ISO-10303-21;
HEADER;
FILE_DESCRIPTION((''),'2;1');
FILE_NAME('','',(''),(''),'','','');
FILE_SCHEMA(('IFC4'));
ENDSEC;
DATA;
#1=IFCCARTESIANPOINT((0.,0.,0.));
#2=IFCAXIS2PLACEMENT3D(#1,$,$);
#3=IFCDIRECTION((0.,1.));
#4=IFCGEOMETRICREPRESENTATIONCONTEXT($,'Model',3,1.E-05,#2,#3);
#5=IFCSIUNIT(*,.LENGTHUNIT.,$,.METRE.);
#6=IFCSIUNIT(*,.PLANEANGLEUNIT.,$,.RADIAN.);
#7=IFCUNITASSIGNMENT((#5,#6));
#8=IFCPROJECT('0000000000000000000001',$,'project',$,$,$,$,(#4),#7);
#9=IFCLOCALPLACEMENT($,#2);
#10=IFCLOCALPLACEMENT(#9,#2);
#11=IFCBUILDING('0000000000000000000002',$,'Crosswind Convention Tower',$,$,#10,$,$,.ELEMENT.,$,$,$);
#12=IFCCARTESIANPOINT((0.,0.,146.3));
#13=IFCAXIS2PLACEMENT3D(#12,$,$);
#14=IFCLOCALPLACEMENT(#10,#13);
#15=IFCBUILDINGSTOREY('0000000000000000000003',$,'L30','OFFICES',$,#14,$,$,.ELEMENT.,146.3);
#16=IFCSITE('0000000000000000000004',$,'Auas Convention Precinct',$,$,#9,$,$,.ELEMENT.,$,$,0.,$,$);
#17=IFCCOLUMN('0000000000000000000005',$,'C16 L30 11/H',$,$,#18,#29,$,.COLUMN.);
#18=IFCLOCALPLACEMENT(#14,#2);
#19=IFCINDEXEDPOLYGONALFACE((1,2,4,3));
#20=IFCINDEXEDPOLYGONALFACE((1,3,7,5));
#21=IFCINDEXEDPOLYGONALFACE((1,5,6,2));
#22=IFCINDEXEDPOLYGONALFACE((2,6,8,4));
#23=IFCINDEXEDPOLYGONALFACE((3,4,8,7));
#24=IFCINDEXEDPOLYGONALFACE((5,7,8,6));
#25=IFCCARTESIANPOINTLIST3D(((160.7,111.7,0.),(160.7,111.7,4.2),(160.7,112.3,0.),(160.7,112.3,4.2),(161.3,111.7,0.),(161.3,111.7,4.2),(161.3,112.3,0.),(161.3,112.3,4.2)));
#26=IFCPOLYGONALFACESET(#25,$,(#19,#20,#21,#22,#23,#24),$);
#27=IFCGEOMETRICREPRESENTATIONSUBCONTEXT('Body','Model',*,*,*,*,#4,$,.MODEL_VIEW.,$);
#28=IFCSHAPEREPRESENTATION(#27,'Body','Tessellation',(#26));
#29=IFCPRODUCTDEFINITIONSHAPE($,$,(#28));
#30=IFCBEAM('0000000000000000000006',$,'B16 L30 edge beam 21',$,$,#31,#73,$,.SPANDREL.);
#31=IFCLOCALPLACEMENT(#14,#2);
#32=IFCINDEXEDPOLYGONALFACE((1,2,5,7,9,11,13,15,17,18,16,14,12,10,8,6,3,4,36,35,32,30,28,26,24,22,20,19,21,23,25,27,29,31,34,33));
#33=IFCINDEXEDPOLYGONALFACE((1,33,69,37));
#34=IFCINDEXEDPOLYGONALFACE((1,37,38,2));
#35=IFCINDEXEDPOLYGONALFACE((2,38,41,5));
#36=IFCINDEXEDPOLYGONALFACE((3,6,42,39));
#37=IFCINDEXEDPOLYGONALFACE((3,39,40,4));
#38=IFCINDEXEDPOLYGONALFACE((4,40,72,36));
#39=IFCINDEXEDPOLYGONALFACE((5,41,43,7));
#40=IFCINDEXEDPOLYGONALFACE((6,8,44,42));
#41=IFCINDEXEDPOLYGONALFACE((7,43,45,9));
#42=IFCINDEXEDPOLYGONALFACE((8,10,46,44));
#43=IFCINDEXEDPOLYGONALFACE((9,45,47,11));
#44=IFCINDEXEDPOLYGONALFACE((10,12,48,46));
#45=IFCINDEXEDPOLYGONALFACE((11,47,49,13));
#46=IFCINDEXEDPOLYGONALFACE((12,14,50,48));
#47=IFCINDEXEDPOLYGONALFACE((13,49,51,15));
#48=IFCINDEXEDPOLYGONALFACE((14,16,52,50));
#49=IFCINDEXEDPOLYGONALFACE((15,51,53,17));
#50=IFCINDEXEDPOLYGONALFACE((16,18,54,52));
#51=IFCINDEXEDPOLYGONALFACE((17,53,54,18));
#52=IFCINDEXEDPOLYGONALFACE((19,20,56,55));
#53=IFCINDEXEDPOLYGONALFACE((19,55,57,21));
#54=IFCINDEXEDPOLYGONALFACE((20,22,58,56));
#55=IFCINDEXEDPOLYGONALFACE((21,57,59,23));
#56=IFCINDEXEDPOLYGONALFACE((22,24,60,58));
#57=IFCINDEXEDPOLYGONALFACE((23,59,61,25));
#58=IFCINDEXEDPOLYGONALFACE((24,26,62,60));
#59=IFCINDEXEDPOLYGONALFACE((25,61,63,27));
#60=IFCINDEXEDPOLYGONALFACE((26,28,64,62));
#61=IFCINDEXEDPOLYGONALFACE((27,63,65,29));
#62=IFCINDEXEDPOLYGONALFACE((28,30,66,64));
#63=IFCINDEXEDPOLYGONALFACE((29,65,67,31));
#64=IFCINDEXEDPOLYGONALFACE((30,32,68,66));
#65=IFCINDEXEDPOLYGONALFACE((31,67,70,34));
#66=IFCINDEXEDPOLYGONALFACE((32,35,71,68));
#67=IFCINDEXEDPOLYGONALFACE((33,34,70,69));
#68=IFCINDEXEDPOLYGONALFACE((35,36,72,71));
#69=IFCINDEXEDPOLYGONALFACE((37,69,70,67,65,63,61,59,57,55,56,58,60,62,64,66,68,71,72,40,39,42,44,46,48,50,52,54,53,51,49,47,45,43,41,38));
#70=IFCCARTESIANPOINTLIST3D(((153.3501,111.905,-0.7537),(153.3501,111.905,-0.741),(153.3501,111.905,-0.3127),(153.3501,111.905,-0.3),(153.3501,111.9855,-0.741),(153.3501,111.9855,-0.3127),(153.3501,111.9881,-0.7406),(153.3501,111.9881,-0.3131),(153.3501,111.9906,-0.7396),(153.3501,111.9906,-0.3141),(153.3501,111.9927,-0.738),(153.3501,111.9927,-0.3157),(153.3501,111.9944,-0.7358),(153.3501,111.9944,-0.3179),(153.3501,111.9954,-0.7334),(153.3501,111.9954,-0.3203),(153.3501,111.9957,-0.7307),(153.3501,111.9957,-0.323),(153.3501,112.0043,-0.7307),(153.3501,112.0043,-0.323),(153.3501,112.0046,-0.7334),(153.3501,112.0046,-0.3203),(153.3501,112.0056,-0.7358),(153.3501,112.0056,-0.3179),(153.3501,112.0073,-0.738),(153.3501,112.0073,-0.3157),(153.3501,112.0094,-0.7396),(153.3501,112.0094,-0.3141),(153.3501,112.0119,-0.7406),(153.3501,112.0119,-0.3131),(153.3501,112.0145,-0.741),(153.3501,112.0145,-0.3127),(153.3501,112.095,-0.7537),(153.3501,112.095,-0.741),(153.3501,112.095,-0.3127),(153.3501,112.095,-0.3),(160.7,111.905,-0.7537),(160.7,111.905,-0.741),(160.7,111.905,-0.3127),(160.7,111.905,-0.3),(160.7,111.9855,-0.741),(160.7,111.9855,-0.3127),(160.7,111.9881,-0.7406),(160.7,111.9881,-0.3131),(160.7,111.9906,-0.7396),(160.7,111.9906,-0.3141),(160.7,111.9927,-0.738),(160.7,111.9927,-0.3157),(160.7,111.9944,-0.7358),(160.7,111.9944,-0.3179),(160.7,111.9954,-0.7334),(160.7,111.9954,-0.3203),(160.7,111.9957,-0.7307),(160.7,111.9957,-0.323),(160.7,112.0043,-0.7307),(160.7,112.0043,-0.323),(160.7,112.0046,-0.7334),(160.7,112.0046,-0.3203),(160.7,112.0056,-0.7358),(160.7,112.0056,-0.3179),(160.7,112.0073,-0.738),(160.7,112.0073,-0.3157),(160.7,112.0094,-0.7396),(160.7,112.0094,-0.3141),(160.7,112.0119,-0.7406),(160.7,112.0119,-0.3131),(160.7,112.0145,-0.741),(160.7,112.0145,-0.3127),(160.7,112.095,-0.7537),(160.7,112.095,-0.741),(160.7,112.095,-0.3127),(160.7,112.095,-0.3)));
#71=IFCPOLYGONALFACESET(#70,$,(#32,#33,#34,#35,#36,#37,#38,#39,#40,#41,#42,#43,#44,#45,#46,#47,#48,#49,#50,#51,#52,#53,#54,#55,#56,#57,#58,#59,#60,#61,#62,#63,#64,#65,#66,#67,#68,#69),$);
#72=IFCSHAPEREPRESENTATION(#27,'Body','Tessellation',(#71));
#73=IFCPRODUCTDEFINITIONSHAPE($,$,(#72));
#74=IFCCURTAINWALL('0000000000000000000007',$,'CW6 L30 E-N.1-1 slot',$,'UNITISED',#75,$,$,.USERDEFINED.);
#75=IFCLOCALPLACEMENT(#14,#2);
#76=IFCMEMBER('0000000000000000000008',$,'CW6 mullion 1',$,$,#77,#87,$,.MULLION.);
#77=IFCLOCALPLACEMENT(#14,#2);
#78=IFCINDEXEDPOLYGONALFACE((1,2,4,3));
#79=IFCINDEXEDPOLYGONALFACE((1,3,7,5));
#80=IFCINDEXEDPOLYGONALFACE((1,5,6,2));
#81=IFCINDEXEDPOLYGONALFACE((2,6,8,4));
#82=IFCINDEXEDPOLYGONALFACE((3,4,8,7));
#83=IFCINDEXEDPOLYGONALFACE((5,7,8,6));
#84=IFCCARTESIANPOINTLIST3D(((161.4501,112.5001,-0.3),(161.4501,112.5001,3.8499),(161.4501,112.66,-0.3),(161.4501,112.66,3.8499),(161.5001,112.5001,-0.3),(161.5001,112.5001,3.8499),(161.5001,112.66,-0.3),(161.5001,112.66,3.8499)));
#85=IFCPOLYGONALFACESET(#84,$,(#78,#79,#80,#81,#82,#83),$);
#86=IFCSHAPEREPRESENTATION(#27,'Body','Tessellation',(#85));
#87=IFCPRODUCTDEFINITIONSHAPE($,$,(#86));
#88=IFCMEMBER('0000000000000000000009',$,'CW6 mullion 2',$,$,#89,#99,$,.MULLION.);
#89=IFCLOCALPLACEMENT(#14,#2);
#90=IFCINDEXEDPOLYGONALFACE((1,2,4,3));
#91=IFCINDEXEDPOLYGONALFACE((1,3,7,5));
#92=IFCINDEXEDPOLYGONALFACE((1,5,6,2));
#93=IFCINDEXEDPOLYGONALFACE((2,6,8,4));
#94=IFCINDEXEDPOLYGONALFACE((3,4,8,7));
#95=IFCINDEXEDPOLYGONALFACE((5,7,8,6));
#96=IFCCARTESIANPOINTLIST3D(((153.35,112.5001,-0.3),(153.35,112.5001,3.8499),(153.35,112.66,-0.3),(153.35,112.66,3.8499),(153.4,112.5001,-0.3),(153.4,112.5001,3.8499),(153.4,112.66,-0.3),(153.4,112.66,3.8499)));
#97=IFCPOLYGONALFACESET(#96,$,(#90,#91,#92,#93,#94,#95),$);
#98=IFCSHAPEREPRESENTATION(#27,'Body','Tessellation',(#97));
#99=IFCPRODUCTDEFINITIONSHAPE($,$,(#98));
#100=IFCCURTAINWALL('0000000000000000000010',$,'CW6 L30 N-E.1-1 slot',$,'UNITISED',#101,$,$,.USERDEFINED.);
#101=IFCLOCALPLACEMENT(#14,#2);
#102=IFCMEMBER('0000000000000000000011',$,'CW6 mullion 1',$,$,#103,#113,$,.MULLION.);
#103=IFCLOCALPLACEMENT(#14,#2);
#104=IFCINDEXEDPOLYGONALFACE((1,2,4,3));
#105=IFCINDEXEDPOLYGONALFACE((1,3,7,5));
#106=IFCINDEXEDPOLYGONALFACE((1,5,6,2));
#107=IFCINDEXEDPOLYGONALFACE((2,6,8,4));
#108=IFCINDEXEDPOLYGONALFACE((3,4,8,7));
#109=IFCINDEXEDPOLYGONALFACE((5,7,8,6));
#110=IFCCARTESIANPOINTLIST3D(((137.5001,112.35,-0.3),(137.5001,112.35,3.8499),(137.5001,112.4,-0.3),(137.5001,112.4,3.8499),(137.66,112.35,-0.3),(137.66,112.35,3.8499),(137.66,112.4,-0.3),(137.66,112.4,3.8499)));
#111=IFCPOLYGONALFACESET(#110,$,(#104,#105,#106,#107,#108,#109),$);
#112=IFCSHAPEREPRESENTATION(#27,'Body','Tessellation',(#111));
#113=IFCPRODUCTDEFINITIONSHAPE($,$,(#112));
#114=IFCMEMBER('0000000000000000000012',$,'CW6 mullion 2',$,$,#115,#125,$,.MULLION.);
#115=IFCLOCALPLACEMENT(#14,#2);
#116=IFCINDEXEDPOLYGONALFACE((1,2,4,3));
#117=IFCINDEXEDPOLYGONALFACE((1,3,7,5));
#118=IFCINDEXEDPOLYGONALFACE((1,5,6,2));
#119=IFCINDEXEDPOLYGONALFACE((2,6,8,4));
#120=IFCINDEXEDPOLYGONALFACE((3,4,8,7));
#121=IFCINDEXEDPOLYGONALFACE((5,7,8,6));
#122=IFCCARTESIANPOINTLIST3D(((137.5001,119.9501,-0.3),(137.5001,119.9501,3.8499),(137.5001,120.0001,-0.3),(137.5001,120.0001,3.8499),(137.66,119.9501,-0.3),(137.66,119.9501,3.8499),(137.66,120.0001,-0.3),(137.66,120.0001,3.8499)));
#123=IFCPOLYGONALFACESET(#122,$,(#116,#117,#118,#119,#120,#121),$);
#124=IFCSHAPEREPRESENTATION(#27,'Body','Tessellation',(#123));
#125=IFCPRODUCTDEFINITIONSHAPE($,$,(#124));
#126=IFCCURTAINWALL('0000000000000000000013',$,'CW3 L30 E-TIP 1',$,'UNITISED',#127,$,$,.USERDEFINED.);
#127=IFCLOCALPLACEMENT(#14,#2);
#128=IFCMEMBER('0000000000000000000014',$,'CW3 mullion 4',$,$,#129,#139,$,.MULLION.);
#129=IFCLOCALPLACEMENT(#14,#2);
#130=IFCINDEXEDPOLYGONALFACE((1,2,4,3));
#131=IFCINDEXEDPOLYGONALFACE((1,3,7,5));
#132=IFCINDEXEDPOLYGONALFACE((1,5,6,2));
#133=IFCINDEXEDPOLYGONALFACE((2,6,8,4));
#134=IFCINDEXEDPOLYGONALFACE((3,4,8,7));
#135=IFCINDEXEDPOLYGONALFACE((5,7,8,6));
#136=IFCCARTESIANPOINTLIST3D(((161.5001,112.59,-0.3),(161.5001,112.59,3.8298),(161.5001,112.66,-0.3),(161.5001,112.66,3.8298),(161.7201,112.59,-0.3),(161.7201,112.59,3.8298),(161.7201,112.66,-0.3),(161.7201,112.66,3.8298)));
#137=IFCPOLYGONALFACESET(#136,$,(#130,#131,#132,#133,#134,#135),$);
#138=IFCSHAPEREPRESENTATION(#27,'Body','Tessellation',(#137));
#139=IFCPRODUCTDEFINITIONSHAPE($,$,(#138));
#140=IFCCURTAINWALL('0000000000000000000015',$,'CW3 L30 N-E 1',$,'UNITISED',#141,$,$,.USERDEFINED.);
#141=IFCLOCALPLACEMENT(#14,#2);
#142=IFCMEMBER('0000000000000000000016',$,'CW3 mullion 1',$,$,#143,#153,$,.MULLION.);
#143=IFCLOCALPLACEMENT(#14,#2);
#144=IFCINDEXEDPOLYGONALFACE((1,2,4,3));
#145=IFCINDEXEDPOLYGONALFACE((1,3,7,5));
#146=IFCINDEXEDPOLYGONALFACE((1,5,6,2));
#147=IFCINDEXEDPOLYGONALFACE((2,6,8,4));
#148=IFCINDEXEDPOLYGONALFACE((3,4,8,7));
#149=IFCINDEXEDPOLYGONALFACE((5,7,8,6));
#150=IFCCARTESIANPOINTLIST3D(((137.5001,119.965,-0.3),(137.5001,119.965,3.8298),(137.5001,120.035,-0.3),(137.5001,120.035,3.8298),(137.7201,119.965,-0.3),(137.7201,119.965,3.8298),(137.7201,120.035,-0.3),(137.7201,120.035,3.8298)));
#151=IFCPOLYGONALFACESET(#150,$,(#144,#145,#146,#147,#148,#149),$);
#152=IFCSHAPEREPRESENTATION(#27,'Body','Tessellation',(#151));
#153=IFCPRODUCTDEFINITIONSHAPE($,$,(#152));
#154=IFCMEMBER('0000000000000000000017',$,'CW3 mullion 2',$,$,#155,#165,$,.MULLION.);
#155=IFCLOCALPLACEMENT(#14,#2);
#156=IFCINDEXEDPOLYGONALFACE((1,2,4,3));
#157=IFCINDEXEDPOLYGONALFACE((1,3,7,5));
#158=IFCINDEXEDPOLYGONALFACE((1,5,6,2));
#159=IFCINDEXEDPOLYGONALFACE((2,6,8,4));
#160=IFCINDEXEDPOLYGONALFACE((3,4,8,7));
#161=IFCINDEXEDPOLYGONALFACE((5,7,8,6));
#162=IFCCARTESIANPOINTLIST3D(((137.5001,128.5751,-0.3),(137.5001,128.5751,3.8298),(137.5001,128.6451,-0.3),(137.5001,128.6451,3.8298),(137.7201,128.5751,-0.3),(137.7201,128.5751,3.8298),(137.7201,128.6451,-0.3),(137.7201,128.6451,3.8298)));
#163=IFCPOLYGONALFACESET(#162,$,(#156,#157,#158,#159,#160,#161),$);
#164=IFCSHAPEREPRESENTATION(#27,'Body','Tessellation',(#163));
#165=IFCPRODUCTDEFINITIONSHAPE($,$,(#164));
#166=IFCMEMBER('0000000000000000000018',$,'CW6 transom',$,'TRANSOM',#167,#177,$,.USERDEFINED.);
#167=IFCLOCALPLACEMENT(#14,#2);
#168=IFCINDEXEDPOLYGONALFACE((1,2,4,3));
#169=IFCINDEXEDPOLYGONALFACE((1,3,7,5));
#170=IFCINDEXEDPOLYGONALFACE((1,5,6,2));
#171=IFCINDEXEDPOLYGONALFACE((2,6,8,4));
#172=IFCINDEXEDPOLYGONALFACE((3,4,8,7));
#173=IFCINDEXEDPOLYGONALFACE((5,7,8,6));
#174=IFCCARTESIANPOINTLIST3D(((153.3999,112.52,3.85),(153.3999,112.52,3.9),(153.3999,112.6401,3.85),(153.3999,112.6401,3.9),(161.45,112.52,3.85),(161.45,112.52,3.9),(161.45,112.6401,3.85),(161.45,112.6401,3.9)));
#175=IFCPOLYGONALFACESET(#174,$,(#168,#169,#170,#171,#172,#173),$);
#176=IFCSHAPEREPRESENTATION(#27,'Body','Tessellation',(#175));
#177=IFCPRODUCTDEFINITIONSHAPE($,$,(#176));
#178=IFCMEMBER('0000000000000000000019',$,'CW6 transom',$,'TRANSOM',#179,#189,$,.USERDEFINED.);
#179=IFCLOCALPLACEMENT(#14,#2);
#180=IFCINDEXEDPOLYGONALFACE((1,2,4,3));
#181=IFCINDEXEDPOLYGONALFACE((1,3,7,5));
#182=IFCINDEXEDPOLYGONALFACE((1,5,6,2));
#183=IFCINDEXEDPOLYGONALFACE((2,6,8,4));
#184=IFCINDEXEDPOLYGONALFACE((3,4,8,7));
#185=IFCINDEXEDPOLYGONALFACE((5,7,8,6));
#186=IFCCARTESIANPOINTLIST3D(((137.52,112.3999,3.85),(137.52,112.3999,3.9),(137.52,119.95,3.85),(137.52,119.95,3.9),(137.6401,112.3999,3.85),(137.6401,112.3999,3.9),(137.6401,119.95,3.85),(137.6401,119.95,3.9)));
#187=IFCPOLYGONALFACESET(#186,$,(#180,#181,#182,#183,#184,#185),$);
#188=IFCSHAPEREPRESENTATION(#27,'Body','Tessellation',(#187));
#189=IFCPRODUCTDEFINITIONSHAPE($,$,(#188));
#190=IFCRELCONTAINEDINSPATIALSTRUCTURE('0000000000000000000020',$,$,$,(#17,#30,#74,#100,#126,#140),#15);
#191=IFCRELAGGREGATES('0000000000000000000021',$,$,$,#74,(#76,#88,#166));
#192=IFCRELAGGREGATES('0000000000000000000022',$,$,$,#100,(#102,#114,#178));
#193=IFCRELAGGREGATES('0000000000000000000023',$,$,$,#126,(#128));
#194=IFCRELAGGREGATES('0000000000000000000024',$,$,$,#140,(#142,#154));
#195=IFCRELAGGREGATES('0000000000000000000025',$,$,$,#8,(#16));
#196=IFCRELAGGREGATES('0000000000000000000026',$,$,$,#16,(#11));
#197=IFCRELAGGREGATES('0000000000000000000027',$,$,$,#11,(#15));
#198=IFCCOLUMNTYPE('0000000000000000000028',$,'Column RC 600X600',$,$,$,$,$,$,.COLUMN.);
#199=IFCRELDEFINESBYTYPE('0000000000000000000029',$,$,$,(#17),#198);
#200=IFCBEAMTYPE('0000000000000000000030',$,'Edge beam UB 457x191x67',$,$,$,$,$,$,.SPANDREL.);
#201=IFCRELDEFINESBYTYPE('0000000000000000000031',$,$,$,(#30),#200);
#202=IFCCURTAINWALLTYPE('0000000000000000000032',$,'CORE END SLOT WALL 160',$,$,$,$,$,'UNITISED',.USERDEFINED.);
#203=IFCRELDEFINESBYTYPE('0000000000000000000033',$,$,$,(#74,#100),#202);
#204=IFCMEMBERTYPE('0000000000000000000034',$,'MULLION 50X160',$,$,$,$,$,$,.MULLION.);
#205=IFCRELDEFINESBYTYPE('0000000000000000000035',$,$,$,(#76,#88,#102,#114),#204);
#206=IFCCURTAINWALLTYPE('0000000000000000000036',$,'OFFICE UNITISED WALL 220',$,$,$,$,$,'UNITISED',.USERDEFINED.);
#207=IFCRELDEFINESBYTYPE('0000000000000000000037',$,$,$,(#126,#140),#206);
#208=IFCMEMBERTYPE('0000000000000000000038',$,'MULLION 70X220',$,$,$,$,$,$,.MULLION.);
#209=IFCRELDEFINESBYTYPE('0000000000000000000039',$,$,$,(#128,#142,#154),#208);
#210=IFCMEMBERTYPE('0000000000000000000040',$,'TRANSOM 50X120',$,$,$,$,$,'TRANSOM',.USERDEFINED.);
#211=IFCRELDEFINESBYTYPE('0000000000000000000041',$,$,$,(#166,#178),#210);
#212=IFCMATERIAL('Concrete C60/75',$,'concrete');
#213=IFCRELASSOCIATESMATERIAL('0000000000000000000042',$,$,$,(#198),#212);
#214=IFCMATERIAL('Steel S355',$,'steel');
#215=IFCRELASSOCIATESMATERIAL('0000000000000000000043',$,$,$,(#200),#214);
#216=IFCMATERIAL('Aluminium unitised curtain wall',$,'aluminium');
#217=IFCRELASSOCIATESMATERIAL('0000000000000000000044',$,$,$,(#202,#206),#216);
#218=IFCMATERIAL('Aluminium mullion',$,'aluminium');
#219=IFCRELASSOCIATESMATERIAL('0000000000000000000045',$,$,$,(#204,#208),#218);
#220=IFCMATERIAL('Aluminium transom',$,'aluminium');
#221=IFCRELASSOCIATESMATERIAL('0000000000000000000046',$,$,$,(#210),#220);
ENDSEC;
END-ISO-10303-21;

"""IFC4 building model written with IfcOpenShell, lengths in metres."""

from ifc_helpers import new_model, si_unit, direction, frame, origin, origin_2d, place, context, subcontext, project, spatial, rectangle, i_section, extrude, material, material_profile, profile_set, type_object, element, aggregate, save


model = new_model("IFC4")

# Units and contexts
model_context = context("Model", 3, precision=1e-05, world=origin(), true_north=direction((0.0, 1.0)))
body_context = subcontext(model_context, "Body", "Model", "MODEL_VIEW")
ifc_project = project(units=[si_unit("LENGTHUNIT", "METRE"), si_unit("PLANEANGLEUNIT", "RADIAN")], contexts=[model_context])

# Site, building, storey
site_placement = place(None, origin())
site = spatial("IfcSite", under=ifc_project, at=site_placement, Name="Auas Convention Precinct", CompositionType="ELEMENT", RefElevation=0.0)
building_placement = place(site_placement, origin())
building = spatial("IfcBuilding", under=site, at=building_placement, Name="Crosswind Convention Tower", CompositionType="ELEMENT")
storey_placement = place(building_placement, frame((0.0, 0.0, 146.3)))
storey = spatial("IfcBuildingStorey", under=building, at=storey_placement, Name="L30", Description="OFFICES", CompositionType="ELEMENT", Elevation=146.3)

# Column
ifc_material_1 = material(Name="Concrete C60/75", Category="concrete")
ifc_material_profile_1 = material_profile(ifc_material_1, rectangle(XDim=0.6001, YDim=0.6001, at=origin_2d()), Name="RC 600X600")
ifc_profile_set_1 = profile_set([ifc_material_profile_1], Name="Concrete C60/75")
column_type = type_object("IfcColumnType", Name="Column RC 600X600", PredefinedType="COLUMN", material=ifc_profile_set_1)
column_placement = place(storey_placement, frame((161.0, 112.0, 0.0), z_axis=(0.0, 0.0, 1.0), x_axis=(1.0, 0.0, 0.0)))
element("IfcColumn", 1, at=column_placement, inside=storey, type_object=column_type, Name="C16 L30 11/H", PredefinedType="COLUMN", context=body_context, shape_type="SweptSolid", body=[
    extrude(rectangle(XDim=0.6001, YDim=0.6001, at=origin_2d()), origin(), (0.0, 0.0, 1.0), 4.2),
])

# Beam
ifc_material_2 = material(Name="Steel S355", Category="steel")
ifc_material_profile_2 = material_profile(ifc_material_2, i_section(OverallWidth=0.1899, OverallDepth=0.4536, WebThickness=0.0085, FlangeThickness=0.0127, FilletRadius=0.0103, at=origin_2d()), Name="UB 457x191x67")
ifc_profile_set_2 = profile_set([ifc_material_profile_2], Name="Steel S355")
beam_type = type_object("IfcBeamType", Name="Edge beam UB 457x191x67", PredefinedType="SPANDREL", material=ifc_profile_set_2)
beam_placement = place(storey_placement, frame((153.3501, 112.0, -0.5269), z_axis=(1.0, 0.0, 0.0), x_axis=(0.0, 1.0, 0.0)))
element("IfcBeam", 2, at=beam_placement, inside=storey, type_object=beam_type, Name="B16 L30 edge beam 21", PredefinedType="SPANDREL", context=body_context, shape_type="SweptSolid", body=[
    extrude(i_section(OverallWidth=0.1899, OverallDepth=0.4536, WebThickness=0.0085, FlangeThickness=0.0127, FilletRadius=0.0103, at=origin_2d()), origin(), (0.0, 0.0, 1.0), 7.3499),
])

# Curtain walls, members
ifc_material_3 = material(Name="Aluminium unitised curtain wall", Category="aluminium")
curtain_wall_type_1 = type_object("IfcCurtainWallType", Name="CORE END SLOT WALL 160", ElementType="UNITISED", PredefinedType="USERDEFINED", material=ifc_material_3)
curtain_wall_1_placement = place(storey_placement, origin())
curtain_wall_1 = element("IfcCurtainWall", 3, at=curtain_wall_1_placement, inside=storey, type_object=curtain_wall_type_1, Name="CW6 L30 E-N.1-1 slot", ObjectType="UNITISED", PredefinedType="USERDEFINED")
ifc_material_4 = material(Name="Aluminium mullion", Category="aluminium")
ifc_material_profile_3 = material_profile(ifc_material_4, rectangle(XDim=0.1599, YDim=0.05, at=origin_2d()), Name="AL 160X50")
ifc_profile_set_3 = profile_set([ifc_material_profile_3], Name="Aluminium mullion")
member_type_1 = type_object("IfcMemberType", Name="MULLION 50X160", PredefinedType="MULLION", material=ifc_profile_set_3)
member_1_placement = place(storey_placement, frame((161.4751, 112.5801, -0.3), z_axis=(0.0, 0.0, 1.0), x_axis=(0.0, 1.0, 0.0)))
member_1 = element("IfcMember", 4, at=member_1_placement, type_object=member_type_1, Name="CW6 mullion 1", PredefinedType="MULLION", context=body_context, shape_type="SweptSolid", body=[
    extrude(rectangle(XDim=0.1599, YDim=0.05, at=origin_2d()), origin(), (0.0, 0.0, 1.0), 4.1499),
])
member_2_placement = place(storey_placement, frame((153.375, 112.5801, -0.3), z_axis=(0.0, 0.0, 1.0), x_axis=(0.0, 1.0, 0.0)))
member_2 = element("IfcMember", 5, at=member_2_placement, type_object=member_type_1, Name="CW6 mullion 2", PredefinedType="MULLION", context=body_context, shape_type="SweptSolid", body=[
    extrude(rectangle(XDim=0.1599, YDim=0.05, at=origin_2d()), origin(), (0.0, 0.0, 1.0), 4.1499),
])
curtain_wall_2_placement = place(storey_placement, origin())
curtain_wall_2 = element("IfcCurtainWall", 6, at=curtain_wall_2_placement, inside=storey, type_object=curtain_wall_type_1, Name="CW6 L30 N-E.1-1 slot", ObjectType="UNITISED", PredefinedType="USERDEFINED")
member_3_placement = place(storey_placement, frame((137.5801, 112.375, -0.3), z_axis=(0.0, 0.0, 1.0), x_axis=(1.0, 0.0, 0.0)))
member_3 = element("IfcMember", 7, at=member_3_placement, type_object=member_type_1, Name="CW6 mullion 1", PredefinedType="MULLION", context=body_context, shape_type="SweptSolid", body=[
    extrude(rectangle(XDim=0.1599, YDim=0.05, at=origin_2d()), origin(), (0.0, 0.0, 1.0), 4.1499),
])
member_4_placement = place(storey_placement, frame((137.5801, 119.9751, -0.3), z_axis=(0.0, 0.0, 1.0), x_axis=(1.0, 0.0, 0.0)))
member_4 = element("IfcMember", 8, at=member_4_placement, type_object=member_type_1, Name="CW6 mullion 2", PredefinedType="MULLION", context=body_context, shape_type="SweptSolid", body=[
    extrude(rectangle(XDim=0.1599, YDim=0.05, at=origin_2d()), origin(), (0.0, 0.0, 1.0), 4.1499),
])

# Curtain wall, member
curtain_wall_type_2 = type_object("IfcCurtainWallType", Name="OFFICE UNITISED WALL 220", ElementType="UNITISED", PredefinedType="USERDEFINED", material=ifc_material_3)
curtain_wall_3_placement = place(storey_placement, origin())
curtain_wall_3 = element("IfcCurtainWall", 9, at=curtain_wall_3_placement, inside=storey, type_object=curtain_wall_type_2, Name="CW3 L30 E-TIP 1", ObjectType="UNITISED", PredefinedType="USERDEFINED")
ifc_material_profile_4 = material_profile(ifc_material_4, rectangle(XDim=0.22, YDim=0.0701, at=origin_2d()), Name="AL 220X70")
ifc_profile_set_4 = profile_set([ifc_material_profile_4], Name="Aluminium mullion")
member_type_2 = type_object("IfcMemberType", Name="MULLION 70X220", PredefinedType="MULLION", material=ifc_profile_set_4)
member_5_placement = place(storey_placement, frame((161.6101, 112.625, -0.3), z_axis=(0.0, 0.0, 1.0), x_axis=(1.0, 0.0, 0.0)))
member_5 = element("IfcMember", 10, at=member_5_placement, type_object=member_type_2, Name="CW3 mullion 4", PredefinedType="MULLION", context=body_context, shape_type="SweptSolid", body=[
    extrude(rectangle(XDim=0.22, YDim=0.0701, at=origin_2d()), origin(), (0.0, 0.0, 1.0), 4.1299),
])

# Curtain wall, members
curtain_wall_4_placement = place(storey_placement, origin())
curtain_wall_4 = element("IfcCurtainWall", 11, at=curtain_wall_4_placement, inside=storey, type_object=curtain_wall_type_2, Name="CW3 L30 N-E 1", ObjectType="UNITISED", PredefinedType="USERDEFINED")
member_6_placement = place(storey_placement, frame((137.6101, 120.0, -0.3), z_axis=(0.0, 0.0, 1.0), x_axis=(1.0, 0.0, 0.0)))
member_6 = element("IfcMember", 12, at=member_6_placement, type_object=member_type_2, Name="CW3 mullion 1", PredefinedType="MULLION", context=body_context, shape_type="SweptSolid", body=[
    extrude(rectangle(XDim=0.22, YDim=0.0701, at=origin_2d()), origin(), (0.0, 0.0, 1.0), 4.1299),
])
member_7_placement = place(storey_placement, frame((137.6101, 128.6101, -0.3), z_axis=(0.0, 0.0, 1.0), x_axis=(1.0, 0.0, 0.0)))
member_7 = element("IfcMember", 13, at=member_7_placement, type_object=member_type_2, Name="CW3 mullion 2", PredefinedType="MULLION", context=body_context, shape_type="SweptSolid", body=[
    extrude(rectangle(XDim=0.22, YDim=0.0701, at=origin_2d()), origin(), (0.0, 0.0, 1.0), 4.1299),
])

# Members
ifc_material_5 = material(Name="Aluminium transom", Category="aluminium")
ifc_material_profile_5 = material_profile(ifc_material_5, rectangle(XDim=0.1201, YDim=0.05, at=origin_2d()), Name="AL 120X50")
ifc_profile_set_5 = profile_set([ifc_material_profile_5], Name="Aluminium transom")
member_type_3 = type_object("IfcMemberType", Name="TRANSOM 50X120", ElementType="TRANSOM", PredefinedType="USERDEFINED", material=ifc_profile_set_5)
member_8_placement = place(storey_placement, frame((161.45, 112.5801, 3.875), z_axis=(-1.0, 0.0, 0.0), x_axis=(0.0, -1.0, 0.0)))
member_8 = element("IfcMember", 14, at=member_8_placement, type_object=member_type_3, Name="CW6 transom", ObjectType="TRANSOM", PredefinedType="USERDEFINED", context=body_context, shape_type="SweptSolid", body=[
    extrude(rectangle(XDim=0.1201, YDim=0.05, at=origin_2d()), origin(), (0.0, 0.0, 1.0), 8.05),
])
member_9_placement = place(storey_placement, frame((137.5801, 112.3999, 3.875), z_axis=(0.0, 1.0, 0.0), x_axis=(-1.0, 0.0, 0.0)))
member_9 = element("IfcMember", 15, at=member_9_placement, type_object=member_type_3, Name="CW6 transom", ObjectType="TRANSOM", PredefinedType="USERDEFINED", context=body_context, shape_type="SweptSolid", body=[
    extrude(rectangle(XDim=0.1201, YDim=0.05, at=origin_2d()), origin(), (0.0, 0.0, 1.0), 7.55),
])

aggregate(curtain_wall_1, [member_1, member_2, member_8])
aggregate(curtain_wall_2, [member_3, member_4, member_9])
aggregate(curtain_wall_3, [member_5])

aggregate(curtain_wall_4, [member_6, member_7])

save(model, "model.ifc")
